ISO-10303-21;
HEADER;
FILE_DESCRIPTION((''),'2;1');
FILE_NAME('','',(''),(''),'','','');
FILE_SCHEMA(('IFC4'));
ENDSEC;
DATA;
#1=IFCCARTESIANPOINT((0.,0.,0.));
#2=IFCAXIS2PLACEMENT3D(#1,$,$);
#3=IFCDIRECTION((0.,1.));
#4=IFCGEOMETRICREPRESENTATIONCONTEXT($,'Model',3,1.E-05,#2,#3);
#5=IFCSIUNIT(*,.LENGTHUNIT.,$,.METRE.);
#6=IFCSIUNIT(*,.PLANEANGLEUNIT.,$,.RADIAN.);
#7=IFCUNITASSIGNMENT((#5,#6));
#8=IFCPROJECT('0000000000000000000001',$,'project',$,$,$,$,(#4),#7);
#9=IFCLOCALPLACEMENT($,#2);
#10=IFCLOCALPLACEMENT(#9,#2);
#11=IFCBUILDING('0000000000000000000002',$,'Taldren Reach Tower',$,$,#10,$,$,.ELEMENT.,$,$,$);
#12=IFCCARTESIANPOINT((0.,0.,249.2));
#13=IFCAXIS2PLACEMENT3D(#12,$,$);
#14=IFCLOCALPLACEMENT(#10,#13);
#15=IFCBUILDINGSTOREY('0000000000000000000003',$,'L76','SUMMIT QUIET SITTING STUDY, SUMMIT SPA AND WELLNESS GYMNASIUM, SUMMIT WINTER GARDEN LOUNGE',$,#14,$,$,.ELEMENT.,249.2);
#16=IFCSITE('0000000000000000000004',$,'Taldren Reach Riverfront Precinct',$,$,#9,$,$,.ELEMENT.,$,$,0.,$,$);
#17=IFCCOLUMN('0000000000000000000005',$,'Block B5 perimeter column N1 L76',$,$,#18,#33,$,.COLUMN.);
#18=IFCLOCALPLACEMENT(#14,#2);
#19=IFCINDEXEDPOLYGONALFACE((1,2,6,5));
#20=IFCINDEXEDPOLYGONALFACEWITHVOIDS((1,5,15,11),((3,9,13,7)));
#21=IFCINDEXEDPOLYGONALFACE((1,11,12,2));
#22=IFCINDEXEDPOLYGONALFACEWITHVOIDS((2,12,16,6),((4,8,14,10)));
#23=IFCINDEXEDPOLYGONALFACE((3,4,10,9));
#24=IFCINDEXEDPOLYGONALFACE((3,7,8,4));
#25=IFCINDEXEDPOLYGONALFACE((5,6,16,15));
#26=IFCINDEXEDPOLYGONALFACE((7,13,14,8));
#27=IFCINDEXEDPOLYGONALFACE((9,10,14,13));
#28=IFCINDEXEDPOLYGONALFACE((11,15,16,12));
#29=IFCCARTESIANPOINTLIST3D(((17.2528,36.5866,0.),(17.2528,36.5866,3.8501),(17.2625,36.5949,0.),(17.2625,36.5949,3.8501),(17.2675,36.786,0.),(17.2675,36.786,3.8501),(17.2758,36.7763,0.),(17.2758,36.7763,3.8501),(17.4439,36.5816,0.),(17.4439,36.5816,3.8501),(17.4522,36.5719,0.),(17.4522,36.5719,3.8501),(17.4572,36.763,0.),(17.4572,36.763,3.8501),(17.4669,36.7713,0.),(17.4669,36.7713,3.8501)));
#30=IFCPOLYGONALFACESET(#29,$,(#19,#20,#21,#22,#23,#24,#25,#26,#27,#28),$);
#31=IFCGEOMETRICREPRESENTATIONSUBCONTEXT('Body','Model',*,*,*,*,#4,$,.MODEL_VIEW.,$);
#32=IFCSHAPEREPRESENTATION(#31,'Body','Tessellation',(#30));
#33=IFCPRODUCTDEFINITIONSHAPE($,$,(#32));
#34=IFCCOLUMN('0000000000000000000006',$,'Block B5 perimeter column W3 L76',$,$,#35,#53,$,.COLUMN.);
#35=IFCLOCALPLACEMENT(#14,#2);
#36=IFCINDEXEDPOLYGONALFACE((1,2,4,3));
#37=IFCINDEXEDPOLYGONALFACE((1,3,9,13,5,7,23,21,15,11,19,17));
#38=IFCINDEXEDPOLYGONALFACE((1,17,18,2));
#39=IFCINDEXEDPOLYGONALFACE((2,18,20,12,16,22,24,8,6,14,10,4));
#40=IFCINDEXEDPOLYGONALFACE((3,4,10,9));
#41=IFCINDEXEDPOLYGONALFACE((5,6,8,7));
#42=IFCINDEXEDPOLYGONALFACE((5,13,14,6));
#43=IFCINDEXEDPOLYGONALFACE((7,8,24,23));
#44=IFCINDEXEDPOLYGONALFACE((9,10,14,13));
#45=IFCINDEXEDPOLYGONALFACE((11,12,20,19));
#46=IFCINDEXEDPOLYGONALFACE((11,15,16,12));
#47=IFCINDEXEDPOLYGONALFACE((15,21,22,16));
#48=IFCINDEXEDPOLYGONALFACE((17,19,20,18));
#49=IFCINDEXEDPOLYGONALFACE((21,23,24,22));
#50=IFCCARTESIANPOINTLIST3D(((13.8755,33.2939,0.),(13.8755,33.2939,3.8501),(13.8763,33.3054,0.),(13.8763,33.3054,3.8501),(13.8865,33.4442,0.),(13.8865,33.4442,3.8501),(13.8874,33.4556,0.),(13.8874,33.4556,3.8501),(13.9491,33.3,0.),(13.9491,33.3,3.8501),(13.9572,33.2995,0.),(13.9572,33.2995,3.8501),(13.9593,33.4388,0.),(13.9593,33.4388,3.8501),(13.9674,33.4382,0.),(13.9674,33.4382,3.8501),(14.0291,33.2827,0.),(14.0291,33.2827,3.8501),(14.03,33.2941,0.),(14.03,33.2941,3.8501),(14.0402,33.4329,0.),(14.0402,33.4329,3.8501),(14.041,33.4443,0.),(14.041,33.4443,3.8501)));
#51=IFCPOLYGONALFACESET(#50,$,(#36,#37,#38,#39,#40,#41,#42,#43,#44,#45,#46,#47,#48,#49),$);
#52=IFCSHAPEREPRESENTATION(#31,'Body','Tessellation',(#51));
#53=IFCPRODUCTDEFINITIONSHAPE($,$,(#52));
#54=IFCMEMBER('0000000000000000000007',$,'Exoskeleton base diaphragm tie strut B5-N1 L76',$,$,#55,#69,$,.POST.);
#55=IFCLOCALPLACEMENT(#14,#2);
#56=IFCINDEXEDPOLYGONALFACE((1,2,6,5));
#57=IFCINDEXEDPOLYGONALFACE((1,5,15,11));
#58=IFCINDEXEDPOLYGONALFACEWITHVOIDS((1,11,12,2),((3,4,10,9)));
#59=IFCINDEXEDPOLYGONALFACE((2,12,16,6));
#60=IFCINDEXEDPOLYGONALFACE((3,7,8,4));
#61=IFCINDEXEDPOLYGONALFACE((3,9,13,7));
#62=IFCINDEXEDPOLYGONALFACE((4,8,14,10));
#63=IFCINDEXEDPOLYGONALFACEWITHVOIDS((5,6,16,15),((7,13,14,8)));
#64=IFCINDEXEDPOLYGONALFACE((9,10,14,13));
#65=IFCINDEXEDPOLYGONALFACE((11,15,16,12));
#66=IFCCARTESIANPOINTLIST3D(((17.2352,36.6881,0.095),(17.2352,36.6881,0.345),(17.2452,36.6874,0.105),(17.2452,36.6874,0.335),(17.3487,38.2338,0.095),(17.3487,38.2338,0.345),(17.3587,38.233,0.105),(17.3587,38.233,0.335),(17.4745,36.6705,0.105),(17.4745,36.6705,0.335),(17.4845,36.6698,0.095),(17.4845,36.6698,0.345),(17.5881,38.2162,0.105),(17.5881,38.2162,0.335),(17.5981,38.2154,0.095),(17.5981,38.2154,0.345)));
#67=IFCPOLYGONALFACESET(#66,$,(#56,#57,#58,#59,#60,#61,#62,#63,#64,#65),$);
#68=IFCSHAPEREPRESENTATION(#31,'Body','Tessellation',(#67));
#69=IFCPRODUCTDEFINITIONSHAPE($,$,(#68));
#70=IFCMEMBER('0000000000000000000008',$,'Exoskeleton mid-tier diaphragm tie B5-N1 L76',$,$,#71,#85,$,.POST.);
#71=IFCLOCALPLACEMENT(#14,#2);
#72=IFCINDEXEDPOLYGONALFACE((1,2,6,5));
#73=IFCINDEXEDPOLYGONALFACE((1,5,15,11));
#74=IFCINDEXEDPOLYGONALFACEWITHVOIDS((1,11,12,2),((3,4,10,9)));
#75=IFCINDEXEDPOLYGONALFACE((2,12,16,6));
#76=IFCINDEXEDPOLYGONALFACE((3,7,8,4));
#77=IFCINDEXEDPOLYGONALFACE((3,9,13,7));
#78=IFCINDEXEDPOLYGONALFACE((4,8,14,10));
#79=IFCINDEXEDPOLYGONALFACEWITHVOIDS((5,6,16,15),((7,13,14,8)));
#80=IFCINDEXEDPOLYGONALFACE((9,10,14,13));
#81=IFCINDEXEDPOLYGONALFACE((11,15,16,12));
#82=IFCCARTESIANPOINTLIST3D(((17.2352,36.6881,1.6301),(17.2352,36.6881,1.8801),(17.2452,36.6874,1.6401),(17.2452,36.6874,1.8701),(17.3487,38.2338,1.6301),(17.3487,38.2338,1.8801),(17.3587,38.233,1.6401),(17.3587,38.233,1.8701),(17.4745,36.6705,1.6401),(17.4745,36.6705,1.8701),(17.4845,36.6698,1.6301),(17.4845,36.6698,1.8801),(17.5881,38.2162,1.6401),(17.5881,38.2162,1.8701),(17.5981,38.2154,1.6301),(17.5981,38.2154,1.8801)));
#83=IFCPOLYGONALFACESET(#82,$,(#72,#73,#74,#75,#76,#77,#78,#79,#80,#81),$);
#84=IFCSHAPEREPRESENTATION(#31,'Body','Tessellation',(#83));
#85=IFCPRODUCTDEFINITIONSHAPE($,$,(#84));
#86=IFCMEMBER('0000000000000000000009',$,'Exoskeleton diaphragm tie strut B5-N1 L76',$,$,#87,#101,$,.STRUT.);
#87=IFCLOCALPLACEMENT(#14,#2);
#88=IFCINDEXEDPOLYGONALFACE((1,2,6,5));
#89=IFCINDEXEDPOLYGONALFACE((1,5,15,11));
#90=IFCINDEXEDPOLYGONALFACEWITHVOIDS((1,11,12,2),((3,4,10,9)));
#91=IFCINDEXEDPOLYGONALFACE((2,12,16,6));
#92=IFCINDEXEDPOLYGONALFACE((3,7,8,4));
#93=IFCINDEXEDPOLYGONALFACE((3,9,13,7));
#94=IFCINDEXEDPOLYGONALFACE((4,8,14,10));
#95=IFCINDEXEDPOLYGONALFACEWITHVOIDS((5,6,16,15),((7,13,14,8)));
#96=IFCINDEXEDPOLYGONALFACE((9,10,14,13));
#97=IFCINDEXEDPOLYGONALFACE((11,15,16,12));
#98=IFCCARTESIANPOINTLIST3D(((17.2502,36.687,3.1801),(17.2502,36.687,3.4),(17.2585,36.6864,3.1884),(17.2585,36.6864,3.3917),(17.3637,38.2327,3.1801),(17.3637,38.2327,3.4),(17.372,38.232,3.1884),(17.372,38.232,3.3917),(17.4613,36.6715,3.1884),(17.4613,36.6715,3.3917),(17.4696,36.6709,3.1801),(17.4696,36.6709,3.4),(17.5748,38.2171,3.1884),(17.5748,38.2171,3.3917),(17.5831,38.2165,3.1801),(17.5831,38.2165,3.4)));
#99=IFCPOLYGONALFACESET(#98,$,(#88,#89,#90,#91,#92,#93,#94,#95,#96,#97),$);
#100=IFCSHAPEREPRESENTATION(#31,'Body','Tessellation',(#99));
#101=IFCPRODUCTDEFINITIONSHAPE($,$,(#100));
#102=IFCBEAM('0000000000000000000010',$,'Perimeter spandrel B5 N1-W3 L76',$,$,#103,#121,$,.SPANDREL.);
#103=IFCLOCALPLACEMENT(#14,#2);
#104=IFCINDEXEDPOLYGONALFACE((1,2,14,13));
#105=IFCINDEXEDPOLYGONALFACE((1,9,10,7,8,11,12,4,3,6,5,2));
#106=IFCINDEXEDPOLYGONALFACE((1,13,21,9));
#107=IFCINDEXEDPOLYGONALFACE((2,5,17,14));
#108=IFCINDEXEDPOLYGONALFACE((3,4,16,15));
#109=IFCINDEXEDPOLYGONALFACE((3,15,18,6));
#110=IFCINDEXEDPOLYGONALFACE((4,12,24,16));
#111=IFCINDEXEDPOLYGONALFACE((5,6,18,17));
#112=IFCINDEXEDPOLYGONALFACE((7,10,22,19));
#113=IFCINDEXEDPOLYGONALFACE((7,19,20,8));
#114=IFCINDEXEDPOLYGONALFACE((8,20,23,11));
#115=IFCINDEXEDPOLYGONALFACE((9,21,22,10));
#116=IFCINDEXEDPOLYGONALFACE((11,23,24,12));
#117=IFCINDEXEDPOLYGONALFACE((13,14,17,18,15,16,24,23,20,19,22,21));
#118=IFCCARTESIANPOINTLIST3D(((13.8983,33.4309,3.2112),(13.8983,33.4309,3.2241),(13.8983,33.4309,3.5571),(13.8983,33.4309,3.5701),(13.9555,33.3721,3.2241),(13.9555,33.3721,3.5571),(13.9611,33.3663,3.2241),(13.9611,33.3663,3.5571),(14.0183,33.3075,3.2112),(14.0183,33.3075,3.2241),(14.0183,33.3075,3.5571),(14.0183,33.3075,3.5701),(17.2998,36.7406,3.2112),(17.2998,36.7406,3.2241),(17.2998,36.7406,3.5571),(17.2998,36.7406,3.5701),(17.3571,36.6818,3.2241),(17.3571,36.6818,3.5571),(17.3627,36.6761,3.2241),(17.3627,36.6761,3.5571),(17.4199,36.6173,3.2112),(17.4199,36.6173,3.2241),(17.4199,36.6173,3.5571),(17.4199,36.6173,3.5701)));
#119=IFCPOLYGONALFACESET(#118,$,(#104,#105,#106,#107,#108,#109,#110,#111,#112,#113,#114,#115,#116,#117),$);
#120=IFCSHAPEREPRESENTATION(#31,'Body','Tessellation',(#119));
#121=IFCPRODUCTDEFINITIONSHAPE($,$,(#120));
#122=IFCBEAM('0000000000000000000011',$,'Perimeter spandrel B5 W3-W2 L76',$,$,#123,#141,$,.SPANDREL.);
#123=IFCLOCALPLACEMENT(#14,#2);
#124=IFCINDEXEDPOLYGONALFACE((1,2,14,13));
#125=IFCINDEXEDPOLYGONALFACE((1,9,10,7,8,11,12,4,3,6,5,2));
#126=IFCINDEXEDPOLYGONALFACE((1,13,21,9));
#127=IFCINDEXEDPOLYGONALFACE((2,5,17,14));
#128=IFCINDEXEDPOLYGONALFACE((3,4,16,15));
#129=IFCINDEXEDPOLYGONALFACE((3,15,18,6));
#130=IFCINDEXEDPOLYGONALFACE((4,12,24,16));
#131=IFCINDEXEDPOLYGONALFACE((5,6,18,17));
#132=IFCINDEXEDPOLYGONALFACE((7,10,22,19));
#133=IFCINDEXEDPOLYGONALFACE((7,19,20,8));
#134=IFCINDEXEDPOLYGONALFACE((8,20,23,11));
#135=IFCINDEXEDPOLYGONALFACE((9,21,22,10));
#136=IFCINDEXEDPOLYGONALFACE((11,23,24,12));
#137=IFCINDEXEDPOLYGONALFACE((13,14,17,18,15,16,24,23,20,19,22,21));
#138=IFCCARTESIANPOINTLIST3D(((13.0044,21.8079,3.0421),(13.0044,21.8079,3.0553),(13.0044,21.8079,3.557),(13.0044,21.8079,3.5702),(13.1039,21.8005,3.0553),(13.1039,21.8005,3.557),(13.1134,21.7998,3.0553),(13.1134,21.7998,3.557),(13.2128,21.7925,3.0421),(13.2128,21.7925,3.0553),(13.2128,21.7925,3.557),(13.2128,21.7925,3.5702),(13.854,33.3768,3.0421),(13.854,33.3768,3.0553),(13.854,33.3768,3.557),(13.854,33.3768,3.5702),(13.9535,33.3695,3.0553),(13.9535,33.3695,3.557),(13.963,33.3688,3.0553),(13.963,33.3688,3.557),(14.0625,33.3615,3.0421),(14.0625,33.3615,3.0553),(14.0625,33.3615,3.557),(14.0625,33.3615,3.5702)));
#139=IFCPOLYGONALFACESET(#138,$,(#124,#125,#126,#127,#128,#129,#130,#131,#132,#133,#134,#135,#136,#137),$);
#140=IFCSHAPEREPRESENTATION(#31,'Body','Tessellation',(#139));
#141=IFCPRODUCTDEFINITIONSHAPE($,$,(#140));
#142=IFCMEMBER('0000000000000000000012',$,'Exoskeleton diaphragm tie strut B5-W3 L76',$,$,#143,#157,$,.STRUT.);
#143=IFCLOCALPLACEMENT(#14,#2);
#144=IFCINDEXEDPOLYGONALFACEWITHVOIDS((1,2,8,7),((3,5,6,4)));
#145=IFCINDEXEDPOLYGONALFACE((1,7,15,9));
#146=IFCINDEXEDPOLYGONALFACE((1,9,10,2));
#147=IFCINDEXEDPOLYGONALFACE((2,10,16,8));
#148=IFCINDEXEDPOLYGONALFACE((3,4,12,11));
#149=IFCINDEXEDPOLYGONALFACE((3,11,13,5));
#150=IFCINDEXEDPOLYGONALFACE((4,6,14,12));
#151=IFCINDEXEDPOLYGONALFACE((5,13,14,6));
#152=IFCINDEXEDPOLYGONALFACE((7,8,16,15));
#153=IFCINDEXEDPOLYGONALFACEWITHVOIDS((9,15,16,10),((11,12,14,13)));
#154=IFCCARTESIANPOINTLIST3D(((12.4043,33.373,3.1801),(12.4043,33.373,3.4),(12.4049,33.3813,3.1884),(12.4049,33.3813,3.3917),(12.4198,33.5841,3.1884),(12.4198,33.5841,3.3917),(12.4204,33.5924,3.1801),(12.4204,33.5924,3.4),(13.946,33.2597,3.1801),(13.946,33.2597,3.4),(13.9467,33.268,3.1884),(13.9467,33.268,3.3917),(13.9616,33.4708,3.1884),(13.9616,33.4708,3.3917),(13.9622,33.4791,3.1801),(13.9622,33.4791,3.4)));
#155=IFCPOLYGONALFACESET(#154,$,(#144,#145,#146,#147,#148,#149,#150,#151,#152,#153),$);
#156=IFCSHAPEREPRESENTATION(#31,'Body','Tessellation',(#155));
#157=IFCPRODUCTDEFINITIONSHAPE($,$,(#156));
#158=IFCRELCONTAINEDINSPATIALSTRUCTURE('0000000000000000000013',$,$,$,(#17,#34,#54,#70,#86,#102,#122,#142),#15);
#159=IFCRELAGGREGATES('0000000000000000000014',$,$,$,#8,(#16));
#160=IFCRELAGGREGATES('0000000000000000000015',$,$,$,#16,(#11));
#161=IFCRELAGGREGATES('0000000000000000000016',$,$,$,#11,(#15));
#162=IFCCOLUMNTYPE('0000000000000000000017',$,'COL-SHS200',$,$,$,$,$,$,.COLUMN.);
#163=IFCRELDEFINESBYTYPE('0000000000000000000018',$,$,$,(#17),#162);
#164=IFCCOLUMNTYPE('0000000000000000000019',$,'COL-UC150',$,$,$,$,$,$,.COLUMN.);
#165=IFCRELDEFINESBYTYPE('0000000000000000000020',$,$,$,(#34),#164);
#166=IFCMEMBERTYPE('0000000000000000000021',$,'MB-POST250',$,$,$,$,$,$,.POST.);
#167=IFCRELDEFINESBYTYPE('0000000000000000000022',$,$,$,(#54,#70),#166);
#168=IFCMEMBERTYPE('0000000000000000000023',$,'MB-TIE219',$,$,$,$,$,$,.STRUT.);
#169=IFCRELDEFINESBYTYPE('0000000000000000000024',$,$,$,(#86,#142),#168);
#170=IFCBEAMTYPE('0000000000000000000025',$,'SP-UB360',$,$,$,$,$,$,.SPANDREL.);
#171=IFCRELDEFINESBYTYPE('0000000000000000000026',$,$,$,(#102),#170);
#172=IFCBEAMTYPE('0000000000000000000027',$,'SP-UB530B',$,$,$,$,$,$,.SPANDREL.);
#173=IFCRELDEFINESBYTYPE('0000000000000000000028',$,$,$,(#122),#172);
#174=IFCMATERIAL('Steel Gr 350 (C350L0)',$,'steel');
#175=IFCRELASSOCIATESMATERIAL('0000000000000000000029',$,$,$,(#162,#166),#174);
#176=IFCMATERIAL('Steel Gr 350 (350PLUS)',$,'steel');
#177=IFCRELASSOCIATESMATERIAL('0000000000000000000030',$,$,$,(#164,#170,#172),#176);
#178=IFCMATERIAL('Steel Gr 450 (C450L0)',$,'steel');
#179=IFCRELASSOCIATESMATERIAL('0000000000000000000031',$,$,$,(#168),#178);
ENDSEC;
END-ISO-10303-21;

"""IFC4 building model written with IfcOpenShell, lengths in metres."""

from ifc_helpers import new_model, si_unit, direction, frame, origin, origin_2d, place, context, subcontext, project, spatial, hollow_rectangle, i_section, extrude, source, transform, mapped, material, material_profile, profile_set, type_object, element, save


model = new_model("IFC4")

# Units and contexts
model_context = context("Model", 3, precision=1e-05, world=origin(), true_north=direction((0.0, 1.0)))
body_context = subcontext(model_context, "Body", "Model", "MODEL_VIEW")
ifc_project = project(units=[si_unit("LENGTHUNIT", "METRE"), si_unit("PLANEANGLEUNIT", "RADIAN")], contexts=[model_context])

# Site, building, storey
site_placement = place(None, origin())
site = spatial("IfcSite", under=ifc_project, at=site_placement, Name="Taldren Reach Riverfront Precinct", CompositionType="ELEMENT", RefElevation=0.0)
building_placement = place(site_placement, origin())
building = spatial("IfcBuilding", under=site, at=building_placement, Name="Taldren Reach Tower", CompositionType="ELEMENT")
storey_placement = place(building_placement, frame((0.0, 0.0, 249.2)))
storey = spatial("IfcBuildingStorey", under=building, at=storey_placement, Name="L76", Description="SUMMIT QUIET SITTING STUDY, SUMMIT SPA AND WELLNESS GYMNASIUM, SUMMIT WINTER GARDEN LOUNGE", CompositionType="ELEMENT", Elevation=249.2)

# Columns
ifc_material_1 = material(Name="Steel Gr 350 (C350L0)", Category="steel")
ifc_material_profile_1 = material_profile(ifc_material_1, hollow_rectangle(XDim=0.2, YDim=0.2, WallThickness=0.009, at=origin_2d()), Name="200x200x9.0SHS")
ifc_profile_set_1 = profile_set([ifc_material_profile_1], Name="Steel Gr 350 (C350L0)")
column_type_1 = type_object("IfcColumnType", Name="COL-SHS200", PredefinedType="COLUMN", material=ifc_profile_set_1)
shared_shape_1 = source(origin(), body_context, "Body", "SweptSolid", [
    extrude(hollow_rectangle(XDim=0.2, YDim=0.2, WallThickness=0.009, at=origin_2d()), origin(), (0.0, 0.0, 1.0), 3.8501),
])
column_1_placement = place(storey_placement, frame((17.3599, 36.679, 0.0), z_axis=(0.0, 0.0, 1.0), x_axis=(0.997314, -0.073238, 0.0)))
element("IfcColumn", 1, at=column_1_placement, inside=storey, type_object=column_type_1, Name="Block B5 perimeter column N1 L76", PredefinedType="COLUMN", context=body_context, shape_type="MappedRepresentation", body=[
    mapped(shared_shape_1, transform((0.0, 0.0, 0.0), scale=1.0)),
])
ifc_material_2 = material(Name="Steel Gr 350 (350PLUS)", Category="steel")
ifc_material_profile_2 = material_profile(ifc_material_2, i_section(OverallWidth=0.1541, OverallDepth=0.1621, WebThickness=0.0081, FlangeThickness=0.0115, at=origin_2d()), Name="150UC37.2")
ifc_profile_set_2 = profile_set([ifc_material_profile_2], Name="Steel Gr 350 (350PLUS)")
column_type_2 = type_object("IfcColumnType", Name="COL-UC150", PredefinedType="COLUMN", material=ifc_profile_set_2)
shared_shape_2 = source(origin(), body_context, "Body", "SweptSolid", [
    extrude(i_section(OverallWidth=0.1541, OverallDepth=0.1621, WebThickness=0.0081, FlangeThickness=0.0115, at=origin_2d()), origin(), (0.0, 0.0, 1.0), 3.8501),
])
column_2_placement = place(storey_placement, frame((13.9583, 33.3691, 0.0), z_axis=(0.0, 0.0, 1.0), x_axis=(0.997314, -0.073238, 0.0)))
element("IfcColumn", 2, at=column_2_placement, inside=storey, type_object=column_type_2, Name="Block B5 perimeter column W3 L76", PredefinedType="COLUMN", context=body_context, shape_type="MappedRepresentation", body=[
    mapped(shared_shape_2, transform((0.0, 0.0, 0.0), scale=1.0)),
])

# Members
ifc_material_profile_3 = material_profile(ifc_material_1, hollow_rectangle(XDim=0.25, YDim=0.25, WallThickness=0.01, at=origin_2d()), Name="250x250x10.0SHS")
ifc_profile_set_3 = profile_set([ifc_material_profile_3], Name="Steel Gr 350 (C350L0)")
member_type_1 = type_object("IfcMemberType", Name="MB-POST250", PredefinedType="POST", material=ifc_profile_set_3)
shared_shape_3 = source(origin(), body_context, "Body", "SweptSolid", [
    extrude(hollow_rectangle(XDim=0.25, YDim=0.25, WallThickness=0.01, at=origin_2d()), origin(), (0.0, 0.0, 1.0), 1.5498),
])
for number, where, z_axis, x_axis, name in (
    (3, (17.3599, 36.679, 0.22), (0.073251, 0.997314, 0.0), (-0.997314, 0.073251, 0.0), "Exoskeleton base diaphragm tie strut B5-N1 L76"),
    (4, (17.3599, 36.679, 1.7551), (0.073251, 0.997314, 0.0), (-0.997314, 0.073251, 0.0), "Exoskeleton mid-tier diaphragm tie B5-N1 L76"),
):
    element("IfcMember", number, at=place(storey_placement, frame(where, z_axis=z_axis, x_axis=x_axis)), inside=storey, type_object=member_type_1, Name=name, PredefinedType="POST", context=body_context, shape_type="MappedRepresentation", body=[
        mapped(shared_shape_3, transform((0.0, 0.0, 0.0), scale=1.0)),
    ])
ifc_material_3 = material(Name="Steel Gr 450 (C450L0)", Category="steel")
ifc_material_profile_4 = material_profile(ifc_material_3, hollow_rectangle(XDim=0.22, YDim=0.22, WallThickness=0.0083, at=origin_2d()), Name="220x220x8.2SHS")
ifc_profile_set_4 = profile_set([ifc_material_profile_4], Name="Steel Gr 450 (C450L0)")
member_type_2 = type_object("IfcMemberType", Name="MB-TIE219", PredefinedType="STRUT", material=ifc_profile_set_4)
shared_shape_4 = source(origin(), body_context, "Body", "SweptSolid", [
    extrude(hollow_rectangle(XDim=0.22, YDim=0.22, WallThickness=0.0083, at=origin_2d()), origin(), (0.0, 0.0, 1.0), 1.5498),
])
member_1_placement = place(storey_placement, frame((17.3599, 36.679, 3.29), z_axis=(0.073251, 0.997314, 0.0), x_axis=(-0.997314, 0.073251, 0.0)))
element("IfcMember", 5, at=member_1_placement, inside=storey, type_object=member_type_2, Name="Exoskeleton diaphragm tie strut B5-N1 L76", PredefinedType="STRUT", context=body_context, shape_type="MappedRepresentation", body=[
    mapped(shared_shape_4, transform((0.0, 0.0, 0.0), scale=1.0)),
])

# Beams
ifc_material_profile_5 = material_profile(ifc_material_2, i_section(OverallWidth=0.1721, OverallDepth=0.3589, WebThickness=0.0081, FlangeThickness=0.0129, at=origin_2d()), Name="360UB56.7")
ifc_profile_set_5 = profile_set([ifc_material_profile_5], Name="Steel Gr 350 (350PLUS)")
beam_type_1 = type_object("IfcBeamType", Name="SP-UB360", PredefinedType="SPANDREL", material=ifc_profile_set_5)
shared_shape_5 = source(origin(), body_context, "Body", "SweptSolid", [
    extrude(i_section(OverallWidth=0.1721, OverallDepth=0.3589, WebThickness=0.0081, FlangeThickness=0.0129, at=origin_2d()), origin(), (0.0, 0.0, 1.0), 4.7461),
])
beam_1_placement = place(storey_placement, frame((17.3599, 36.679, 3.3906), z_axis=(-0.716711, -0.69737, 0.0), x_axis=(0.69737, -0.716711, 0.0)))
element("IfcBeam", 6, at=beam_1_placement, inside=storey, type_object=beam_type_1, Name="Perimeter spandrel B5 N1-W3 L76", PredefinedType="SPANDREL", context=body_context, shape_type="MappedRepresentation", body=[
    mapped(shared_shape_5, transform((0.0, 0.0, 0.0), scale=1.0)),
])
ifc_material_profile_6 = material_profile(ifc_material_2, i_section(OverallWidth=0.209, OverallDepth=0.5281, WebThickness=0.0095, FlangeThickness=0.0132, at=origin_2d()), Name="530UB82.0")
ifc_profile_set_6 = profile_set([ifc_material_profile_6], Name="Steel Gr 350 (350PLUS)")
beam_type_2 = type_object("IfcBeamType", Name="SP-UB530B", PredefinedType="SPANDREL", material=ifc_profile_set_6)
shared_shape_6 = source(origin(), body_context, "Body", "SweptSolid", [
    extrude(i_section(OverallWidth=0.209, OverallDepth=0.5281, WebThickness=0.0095, FlangeThickness=0.0132, at=origin_2d()), origin(), (0.0, 0.0, 1.0), 11.6001),
])
beam_2_placement = place(storey_placement, frame((13.9583, 33.3691, 3.3062), z_axis=(-0.073242, -0.997314, 0.0), x_axis=(0.997314, -0.073242, 0.0)))
element("IfcBeam", 7, at=beam_2_placement, inside=storey, type_object=beam_type_2, Name="Perimeter spandrel B5 W3-W2 L76", PredefinedType="SPANDREL", context=body_context, shape_type="MappedRepresentation", body=[
    mapped(shared_shape_6, transform((0.0, 0.0, 0.0), scale=1.0)),
])

# Member
shared_shape_7 = source(origin(), body_context, "Body", "SweptSolid", [
    extrude(hollow_rectangle(XDim=0.22, YDim=0.22, WallThickness=0.0083, at=origin_2d()), origin(), (0.0, 0.0, 1.0), 1.5459),
])
member_2_placement = place(storey_placement, frame((13.9541, 33.3694, 3.29), z_axis=(-0.997312, 0.073278, 0.0), x_axis=(-0.073278, -0.997312, 0.0)))
element("IfcMember", 8, at=member_2_placement, inside=storey, type_object=member_type_2, Name="Exoskeleton diaphragm tie strut B5-W3 L76", PredefinedType="STRUT", context=body_context, shape_type="MappedRepresentation", body=[
    mapped(shared_shape_7, transform((0.0, 0.0, 0.0), scale=1.0)),
])

save(model, "model.ifc")
